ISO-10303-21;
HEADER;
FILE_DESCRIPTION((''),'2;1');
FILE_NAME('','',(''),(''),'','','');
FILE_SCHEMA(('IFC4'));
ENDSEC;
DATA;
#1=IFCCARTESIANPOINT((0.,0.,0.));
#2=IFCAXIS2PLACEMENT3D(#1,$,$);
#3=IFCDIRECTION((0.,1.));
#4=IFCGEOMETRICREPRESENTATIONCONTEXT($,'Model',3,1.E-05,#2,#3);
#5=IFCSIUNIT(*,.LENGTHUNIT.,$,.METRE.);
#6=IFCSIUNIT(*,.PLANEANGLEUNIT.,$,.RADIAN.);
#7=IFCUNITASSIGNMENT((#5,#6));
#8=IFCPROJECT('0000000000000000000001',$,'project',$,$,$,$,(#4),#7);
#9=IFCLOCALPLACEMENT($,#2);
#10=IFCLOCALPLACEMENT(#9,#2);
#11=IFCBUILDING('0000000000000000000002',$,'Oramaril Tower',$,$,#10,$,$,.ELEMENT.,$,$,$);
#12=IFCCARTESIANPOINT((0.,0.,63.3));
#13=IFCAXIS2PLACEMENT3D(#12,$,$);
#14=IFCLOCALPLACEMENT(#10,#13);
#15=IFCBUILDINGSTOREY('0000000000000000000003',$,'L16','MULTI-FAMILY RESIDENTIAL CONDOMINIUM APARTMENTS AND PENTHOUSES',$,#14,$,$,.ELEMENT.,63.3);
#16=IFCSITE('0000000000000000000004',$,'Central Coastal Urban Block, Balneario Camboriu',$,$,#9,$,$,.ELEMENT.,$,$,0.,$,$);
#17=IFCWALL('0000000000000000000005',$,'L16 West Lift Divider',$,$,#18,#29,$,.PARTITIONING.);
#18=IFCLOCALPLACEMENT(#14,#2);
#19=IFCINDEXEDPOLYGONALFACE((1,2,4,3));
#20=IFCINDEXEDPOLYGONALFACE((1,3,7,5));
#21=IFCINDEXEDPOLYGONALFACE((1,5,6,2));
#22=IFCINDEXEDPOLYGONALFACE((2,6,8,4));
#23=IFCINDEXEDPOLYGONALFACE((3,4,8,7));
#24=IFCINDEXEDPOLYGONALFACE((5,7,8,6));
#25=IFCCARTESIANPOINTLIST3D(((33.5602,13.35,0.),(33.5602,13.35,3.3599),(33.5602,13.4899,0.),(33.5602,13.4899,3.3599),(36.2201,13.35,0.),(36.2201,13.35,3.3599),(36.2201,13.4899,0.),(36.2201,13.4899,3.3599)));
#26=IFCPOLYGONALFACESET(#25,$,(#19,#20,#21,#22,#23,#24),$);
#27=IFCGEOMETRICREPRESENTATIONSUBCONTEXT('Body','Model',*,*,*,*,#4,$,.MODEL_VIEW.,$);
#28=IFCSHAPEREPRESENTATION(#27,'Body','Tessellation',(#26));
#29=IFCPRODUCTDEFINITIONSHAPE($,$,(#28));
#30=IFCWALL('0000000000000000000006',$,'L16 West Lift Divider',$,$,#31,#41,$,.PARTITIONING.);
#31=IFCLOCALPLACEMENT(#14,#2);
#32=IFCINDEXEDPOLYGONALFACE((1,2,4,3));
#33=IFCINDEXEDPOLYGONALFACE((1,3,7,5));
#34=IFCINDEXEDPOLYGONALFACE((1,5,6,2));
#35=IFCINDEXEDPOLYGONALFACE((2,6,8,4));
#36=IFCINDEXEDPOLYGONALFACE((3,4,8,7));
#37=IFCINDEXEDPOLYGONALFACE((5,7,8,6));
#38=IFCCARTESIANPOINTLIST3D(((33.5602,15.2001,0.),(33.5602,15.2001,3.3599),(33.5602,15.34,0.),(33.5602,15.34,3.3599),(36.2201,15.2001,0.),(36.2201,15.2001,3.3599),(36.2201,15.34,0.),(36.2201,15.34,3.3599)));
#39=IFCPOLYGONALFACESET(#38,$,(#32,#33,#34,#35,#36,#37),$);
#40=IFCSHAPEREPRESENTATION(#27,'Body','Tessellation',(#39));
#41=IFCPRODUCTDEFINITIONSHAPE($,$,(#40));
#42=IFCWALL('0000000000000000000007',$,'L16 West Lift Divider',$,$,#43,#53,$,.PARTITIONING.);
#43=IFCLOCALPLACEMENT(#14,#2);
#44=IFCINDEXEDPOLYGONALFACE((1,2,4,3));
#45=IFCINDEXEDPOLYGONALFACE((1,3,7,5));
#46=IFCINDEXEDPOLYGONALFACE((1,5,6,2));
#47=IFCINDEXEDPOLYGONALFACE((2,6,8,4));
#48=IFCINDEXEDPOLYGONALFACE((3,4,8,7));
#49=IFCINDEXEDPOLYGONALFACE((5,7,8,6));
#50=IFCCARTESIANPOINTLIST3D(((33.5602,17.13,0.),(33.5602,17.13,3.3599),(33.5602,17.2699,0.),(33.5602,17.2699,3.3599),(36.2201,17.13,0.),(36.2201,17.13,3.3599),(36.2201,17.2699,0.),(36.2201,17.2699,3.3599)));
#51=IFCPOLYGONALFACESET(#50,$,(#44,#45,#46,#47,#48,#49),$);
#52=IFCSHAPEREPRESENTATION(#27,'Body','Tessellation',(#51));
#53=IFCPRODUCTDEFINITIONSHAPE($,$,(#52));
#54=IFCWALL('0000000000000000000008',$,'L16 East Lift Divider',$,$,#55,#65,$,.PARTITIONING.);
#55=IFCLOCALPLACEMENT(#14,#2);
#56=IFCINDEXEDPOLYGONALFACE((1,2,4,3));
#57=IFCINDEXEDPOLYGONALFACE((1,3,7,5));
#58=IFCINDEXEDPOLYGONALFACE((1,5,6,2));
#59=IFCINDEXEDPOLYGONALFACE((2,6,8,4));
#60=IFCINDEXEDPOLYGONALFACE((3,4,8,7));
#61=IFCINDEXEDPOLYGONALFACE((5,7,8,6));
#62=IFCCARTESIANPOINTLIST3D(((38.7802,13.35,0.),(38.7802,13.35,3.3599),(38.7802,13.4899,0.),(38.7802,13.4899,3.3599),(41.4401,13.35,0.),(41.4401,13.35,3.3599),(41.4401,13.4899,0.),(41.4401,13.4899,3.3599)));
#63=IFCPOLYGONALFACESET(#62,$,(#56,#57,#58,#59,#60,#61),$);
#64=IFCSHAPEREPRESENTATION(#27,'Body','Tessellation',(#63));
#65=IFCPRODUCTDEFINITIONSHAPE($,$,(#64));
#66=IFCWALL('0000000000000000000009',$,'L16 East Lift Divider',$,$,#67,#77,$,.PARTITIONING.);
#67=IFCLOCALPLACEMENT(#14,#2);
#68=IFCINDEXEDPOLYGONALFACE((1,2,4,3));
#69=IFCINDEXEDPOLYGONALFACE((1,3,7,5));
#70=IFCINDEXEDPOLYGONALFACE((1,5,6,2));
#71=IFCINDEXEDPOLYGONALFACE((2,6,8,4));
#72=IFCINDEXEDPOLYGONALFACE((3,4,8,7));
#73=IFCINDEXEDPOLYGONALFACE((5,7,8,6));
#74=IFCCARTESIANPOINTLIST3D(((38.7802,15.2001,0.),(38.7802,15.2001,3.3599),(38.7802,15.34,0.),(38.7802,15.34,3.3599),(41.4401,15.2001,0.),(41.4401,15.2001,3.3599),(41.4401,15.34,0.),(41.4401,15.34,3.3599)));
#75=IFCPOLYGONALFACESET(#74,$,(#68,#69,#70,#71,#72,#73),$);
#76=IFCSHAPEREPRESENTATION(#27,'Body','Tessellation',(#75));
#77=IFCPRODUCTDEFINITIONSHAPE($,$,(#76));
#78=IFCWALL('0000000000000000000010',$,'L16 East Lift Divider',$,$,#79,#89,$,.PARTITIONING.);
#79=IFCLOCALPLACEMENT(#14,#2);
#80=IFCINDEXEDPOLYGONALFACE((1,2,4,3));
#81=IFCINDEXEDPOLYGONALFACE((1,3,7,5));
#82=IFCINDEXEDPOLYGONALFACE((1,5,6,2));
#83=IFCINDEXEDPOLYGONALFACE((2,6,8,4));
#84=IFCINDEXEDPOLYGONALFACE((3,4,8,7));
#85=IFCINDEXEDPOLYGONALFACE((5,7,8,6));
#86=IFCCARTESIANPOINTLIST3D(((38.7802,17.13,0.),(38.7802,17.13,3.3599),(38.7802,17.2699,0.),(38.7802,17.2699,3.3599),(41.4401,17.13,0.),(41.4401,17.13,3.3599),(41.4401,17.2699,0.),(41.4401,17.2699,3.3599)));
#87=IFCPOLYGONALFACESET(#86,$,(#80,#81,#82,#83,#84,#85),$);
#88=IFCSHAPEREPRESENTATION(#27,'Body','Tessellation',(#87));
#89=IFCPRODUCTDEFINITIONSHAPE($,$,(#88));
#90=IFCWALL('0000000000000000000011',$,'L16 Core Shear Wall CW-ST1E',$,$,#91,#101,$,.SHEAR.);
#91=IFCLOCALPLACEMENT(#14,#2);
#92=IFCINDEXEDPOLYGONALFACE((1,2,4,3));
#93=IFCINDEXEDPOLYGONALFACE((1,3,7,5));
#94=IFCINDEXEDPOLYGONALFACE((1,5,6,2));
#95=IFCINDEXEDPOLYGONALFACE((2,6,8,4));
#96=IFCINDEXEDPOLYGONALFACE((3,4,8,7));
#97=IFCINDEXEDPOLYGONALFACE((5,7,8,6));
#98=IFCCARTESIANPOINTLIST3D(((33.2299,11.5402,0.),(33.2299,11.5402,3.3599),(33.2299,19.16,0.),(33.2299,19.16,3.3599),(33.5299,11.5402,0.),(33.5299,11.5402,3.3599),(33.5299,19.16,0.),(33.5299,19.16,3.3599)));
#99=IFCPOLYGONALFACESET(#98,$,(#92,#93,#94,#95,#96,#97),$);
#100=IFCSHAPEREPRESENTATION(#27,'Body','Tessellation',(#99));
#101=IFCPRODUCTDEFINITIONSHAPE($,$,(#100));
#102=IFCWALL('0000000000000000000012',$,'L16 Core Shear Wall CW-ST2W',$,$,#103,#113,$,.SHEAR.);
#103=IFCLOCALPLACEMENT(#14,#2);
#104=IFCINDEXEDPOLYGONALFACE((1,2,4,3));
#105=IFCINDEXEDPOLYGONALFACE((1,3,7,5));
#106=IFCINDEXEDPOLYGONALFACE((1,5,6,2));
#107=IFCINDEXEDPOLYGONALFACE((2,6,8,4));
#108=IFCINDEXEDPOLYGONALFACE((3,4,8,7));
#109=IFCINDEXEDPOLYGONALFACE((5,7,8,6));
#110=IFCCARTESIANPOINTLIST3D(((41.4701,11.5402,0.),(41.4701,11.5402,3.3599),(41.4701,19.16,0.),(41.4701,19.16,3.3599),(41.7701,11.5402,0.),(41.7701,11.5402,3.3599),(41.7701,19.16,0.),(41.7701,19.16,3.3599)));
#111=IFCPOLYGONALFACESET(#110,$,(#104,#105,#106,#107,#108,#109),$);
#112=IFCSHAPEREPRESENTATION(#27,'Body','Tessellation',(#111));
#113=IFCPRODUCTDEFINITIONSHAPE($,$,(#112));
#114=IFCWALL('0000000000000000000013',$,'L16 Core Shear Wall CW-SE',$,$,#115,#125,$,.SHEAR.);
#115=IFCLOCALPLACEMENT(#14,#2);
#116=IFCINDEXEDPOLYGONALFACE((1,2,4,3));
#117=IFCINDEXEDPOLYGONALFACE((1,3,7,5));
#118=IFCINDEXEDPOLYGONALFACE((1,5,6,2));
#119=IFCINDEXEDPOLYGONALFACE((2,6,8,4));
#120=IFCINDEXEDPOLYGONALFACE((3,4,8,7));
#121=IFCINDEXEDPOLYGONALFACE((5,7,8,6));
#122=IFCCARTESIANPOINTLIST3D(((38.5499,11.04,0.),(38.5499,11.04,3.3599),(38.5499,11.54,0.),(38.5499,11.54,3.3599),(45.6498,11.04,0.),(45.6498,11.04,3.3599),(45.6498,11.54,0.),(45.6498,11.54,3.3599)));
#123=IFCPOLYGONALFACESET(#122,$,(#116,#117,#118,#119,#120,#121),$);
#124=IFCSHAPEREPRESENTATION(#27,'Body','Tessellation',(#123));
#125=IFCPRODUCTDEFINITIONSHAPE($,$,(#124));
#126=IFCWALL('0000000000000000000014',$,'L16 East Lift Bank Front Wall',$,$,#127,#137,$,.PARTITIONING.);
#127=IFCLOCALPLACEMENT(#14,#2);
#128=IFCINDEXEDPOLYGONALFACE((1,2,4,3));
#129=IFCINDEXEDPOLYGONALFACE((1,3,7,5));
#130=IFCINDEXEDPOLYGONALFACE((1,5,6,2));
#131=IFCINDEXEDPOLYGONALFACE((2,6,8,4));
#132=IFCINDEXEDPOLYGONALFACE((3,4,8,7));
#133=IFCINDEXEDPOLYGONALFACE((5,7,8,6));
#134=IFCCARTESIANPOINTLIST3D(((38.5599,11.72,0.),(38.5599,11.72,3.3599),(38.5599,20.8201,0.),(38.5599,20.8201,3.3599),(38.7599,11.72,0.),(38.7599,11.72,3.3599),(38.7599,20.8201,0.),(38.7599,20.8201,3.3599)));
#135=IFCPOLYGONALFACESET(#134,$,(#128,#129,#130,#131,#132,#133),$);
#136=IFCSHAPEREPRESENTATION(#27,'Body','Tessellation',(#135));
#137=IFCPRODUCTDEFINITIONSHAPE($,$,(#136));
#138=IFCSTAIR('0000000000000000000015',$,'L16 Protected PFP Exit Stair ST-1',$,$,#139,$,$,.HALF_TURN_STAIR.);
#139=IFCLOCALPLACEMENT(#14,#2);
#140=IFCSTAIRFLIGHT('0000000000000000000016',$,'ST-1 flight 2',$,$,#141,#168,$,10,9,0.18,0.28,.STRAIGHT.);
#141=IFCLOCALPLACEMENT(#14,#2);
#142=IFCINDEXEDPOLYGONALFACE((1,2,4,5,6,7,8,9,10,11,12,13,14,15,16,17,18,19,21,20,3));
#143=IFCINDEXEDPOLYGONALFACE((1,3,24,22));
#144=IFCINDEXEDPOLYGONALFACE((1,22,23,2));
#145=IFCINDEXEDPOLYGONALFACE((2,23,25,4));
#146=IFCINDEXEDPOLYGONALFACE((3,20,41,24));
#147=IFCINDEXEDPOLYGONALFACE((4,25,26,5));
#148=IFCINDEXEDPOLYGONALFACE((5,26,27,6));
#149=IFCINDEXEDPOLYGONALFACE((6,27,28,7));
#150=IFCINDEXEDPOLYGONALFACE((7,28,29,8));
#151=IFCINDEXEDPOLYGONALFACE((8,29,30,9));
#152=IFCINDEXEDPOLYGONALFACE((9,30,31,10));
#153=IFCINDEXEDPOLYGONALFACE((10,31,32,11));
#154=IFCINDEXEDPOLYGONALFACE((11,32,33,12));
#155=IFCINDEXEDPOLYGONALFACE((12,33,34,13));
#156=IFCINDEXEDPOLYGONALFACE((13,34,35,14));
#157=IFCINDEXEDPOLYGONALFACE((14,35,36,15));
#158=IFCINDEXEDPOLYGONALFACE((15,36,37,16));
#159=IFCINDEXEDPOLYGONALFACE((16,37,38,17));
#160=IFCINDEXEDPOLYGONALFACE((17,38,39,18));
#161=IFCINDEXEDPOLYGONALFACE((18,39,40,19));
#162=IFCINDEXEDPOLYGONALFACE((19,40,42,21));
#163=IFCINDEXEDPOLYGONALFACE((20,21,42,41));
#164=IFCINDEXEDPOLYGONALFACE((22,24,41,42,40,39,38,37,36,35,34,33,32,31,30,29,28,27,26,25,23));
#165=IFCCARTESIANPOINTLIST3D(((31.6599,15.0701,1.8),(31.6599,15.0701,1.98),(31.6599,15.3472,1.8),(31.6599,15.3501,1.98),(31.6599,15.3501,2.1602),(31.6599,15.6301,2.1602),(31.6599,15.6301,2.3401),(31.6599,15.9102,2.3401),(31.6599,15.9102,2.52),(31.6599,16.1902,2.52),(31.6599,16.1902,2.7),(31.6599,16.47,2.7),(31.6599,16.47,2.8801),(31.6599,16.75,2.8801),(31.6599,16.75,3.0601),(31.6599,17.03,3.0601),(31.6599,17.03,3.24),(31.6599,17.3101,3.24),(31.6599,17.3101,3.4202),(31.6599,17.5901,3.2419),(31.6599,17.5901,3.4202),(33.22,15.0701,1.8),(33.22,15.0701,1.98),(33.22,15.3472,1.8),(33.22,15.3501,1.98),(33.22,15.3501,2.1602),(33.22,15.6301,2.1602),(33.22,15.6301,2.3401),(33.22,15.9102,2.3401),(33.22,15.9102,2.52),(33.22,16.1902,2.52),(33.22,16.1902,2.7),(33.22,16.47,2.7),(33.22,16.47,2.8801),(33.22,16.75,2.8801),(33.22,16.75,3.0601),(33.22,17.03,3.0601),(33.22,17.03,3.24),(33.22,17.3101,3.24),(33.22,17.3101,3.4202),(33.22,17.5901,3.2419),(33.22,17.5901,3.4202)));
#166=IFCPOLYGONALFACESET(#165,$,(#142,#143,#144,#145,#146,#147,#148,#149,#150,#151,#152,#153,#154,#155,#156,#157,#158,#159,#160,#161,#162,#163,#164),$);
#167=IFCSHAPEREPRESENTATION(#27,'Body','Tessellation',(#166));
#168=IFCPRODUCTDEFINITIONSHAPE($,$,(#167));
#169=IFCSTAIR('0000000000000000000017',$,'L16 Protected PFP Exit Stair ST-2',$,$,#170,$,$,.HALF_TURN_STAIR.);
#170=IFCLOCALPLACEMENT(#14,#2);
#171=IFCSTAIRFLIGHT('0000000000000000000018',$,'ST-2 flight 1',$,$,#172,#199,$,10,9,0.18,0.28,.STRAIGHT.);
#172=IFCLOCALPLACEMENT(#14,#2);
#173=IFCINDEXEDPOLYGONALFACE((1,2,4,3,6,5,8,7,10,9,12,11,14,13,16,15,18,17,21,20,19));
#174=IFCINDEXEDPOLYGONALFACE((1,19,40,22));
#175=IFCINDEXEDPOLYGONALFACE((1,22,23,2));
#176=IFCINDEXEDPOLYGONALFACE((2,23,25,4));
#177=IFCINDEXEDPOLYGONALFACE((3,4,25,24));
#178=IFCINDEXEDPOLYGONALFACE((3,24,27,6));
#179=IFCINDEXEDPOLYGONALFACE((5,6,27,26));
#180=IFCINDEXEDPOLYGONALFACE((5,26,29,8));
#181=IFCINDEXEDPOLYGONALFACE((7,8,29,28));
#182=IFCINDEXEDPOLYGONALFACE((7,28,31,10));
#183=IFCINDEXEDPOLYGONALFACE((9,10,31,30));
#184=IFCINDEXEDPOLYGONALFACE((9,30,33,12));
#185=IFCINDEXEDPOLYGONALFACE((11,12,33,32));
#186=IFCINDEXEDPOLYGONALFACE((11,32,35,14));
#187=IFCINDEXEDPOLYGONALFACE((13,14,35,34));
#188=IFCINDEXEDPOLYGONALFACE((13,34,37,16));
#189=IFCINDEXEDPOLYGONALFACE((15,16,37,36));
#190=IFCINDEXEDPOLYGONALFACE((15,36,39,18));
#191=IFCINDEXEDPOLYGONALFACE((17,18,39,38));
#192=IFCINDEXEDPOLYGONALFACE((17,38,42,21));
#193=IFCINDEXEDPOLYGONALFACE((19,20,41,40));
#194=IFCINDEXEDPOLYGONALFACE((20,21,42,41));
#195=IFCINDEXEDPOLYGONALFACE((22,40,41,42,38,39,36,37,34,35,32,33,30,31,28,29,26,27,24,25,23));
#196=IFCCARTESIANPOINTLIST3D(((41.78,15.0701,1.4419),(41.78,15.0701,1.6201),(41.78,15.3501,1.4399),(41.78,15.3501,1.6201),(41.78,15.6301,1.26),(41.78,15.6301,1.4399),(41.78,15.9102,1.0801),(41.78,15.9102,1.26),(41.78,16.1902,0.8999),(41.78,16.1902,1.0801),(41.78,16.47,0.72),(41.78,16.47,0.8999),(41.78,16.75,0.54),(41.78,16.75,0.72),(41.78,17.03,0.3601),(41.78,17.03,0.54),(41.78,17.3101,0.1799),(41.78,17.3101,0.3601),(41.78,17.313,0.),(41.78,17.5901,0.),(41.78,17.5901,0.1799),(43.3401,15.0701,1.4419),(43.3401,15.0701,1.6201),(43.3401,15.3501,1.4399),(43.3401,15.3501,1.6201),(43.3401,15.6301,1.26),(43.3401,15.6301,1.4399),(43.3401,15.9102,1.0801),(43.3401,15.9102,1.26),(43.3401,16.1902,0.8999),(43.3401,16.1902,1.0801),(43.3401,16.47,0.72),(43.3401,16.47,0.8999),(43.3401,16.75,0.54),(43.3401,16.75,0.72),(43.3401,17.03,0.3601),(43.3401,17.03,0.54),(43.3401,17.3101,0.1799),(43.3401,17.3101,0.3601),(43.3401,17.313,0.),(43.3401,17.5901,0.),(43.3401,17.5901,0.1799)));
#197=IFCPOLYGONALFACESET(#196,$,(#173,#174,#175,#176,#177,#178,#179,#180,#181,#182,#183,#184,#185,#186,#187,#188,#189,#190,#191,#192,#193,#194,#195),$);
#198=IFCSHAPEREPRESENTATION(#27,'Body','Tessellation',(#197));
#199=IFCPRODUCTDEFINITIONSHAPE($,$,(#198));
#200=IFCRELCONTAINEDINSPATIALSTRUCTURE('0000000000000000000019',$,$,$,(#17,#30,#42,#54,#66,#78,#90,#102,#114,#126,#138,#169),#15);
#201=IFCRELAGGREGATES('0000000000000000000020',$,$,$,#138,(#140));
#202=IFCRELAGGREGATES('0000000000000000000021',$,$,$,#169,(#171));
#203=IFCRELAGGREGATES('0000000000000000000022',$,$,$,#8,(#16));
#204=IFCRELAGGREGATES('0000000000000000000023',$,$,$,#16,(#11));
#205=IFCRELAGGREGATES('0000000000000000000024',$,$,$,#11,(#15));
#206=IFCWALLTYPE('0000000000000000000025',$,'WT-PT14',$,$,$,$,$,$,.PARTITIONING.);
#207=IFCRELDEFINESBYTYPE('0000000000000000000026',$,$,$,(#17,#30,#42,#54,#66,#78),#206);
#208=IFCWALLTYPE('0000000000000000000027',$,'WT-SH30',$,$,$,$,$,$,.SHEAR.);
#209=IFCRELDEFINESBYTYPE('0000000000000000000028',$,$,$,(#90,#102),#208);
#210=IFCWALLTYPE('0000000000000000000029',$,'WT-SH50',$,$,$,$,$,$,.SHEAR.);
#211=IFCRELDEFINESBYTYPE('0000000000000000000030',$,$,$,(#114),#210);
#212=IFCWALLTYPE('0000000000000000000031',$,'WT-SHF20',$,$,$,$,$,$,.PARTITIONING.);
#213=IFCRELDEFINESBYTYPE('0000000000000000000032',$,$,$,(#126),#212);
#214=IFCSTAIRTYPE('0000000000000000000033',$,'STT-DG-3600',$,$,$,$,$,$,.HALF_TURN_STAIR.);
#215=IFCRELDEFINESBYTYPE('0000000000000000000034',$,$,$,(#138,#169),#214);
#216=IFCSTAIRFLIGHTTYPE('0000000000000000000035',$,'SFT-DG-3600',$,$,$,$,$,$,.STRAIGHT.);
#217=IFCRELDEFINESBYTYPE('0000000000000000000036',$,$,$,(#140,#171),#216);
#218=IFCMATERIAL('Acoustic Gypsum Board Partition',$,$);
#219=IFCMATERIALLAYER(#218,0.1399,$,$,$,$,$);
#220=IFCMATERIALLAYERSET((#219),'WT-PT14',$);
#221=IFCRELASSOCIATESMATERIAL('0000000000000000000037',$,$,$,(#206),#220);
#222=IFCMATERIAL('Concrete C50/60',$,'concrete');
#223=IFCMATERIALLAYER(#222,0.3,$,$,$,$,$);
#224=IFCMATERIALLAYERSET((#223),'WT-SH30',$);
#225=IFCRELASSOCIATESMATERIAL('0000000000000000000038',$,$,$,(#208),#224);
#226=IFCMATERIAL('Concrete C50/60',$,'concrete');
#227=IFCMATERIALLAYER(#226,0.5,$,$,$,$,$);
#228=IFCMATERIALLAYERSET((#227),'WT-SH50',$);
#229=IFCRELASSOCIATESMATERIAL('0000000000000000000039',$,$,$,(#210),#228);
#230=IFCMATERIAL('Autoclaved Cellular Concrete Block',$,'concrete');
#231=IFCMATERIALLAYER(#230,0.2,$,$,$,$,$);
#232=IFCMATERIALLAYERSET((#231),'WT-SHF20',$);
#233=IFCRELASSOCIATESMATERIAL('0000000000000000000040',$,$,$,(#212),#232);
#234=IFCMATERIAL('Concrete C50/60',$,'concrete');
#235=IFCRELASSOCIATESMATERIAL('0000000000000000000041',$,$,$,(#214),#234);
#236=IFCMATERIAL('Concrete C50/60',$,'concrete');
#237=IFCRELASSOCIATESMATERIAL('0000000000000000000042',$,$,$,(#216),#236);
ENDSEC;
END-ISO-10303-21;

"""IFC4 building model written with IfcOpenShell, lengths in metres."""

from ifc_helpers import new_model, si_unit, direction, frame, frame_2d, origin, place, context, subcontext, project, spatial, polyline, rectangle, outline, extrude, material, layer, layer_set, type_object, element, aggregate, save


model = new_model("IFC4")

# Units and contexts
model_context = context("Model", 3, precision=1e-05, world=origin(), true_north=direction((0.0, 1.0)))
body_context = subcontext(model_context, "Body", "Model", "MODEL_VIEW")
ifc_project = project(units=[si_unit("LENGTHUNIT", "METRE"), si_unit("PLANEANGLEUNIT", "RADIAN")], contexts=[model_context])

# Site, building, storey
site_placement = place(None, origin())
site = spatial("IfcSite", under=ifc_project, at=site_placement, Name="Central Coastal Urban Block, Balneario Camboriu", CompositionType="ELEMENT", RefElevation=0.0)
building_placement = place(site_placement, origin())
building = spatial("IfcBuilding", under=site, at=building_placement, Name="Oramaril Tower", CompositionType="ELEMENT")
storey_placement = place(building_placement, frame((0.0, 0.0, 63.3)))
storey = spatial("IfcBuildingStorey", under=building, at=storey_placement, Name="L16", Description="MULTI-FAMILY RESIDENTIAL CONDOMINIUM APARTMENTS AND PENTHOUSES", CompositionType="ELEMENT", Elevation=63.3)

# Walls
ifc_material_1 = material(Name="Acoustic Gypsum Board Partition")
ifc_layer_1 = layer(ifc_material_1, 0.1399)
ifc_layer_set_1 = layer_set([ifc_layer_1], Name="WT-PT14")
wall_type_1 = type_object("IfcWallType", Name="WT-PT14", PredefinedType="PARTITIONING", material=ifc_layer_set_1)
for number, where, z_axis, x_axis, name in (
    (1, (33.5601, 13.4199, 0.0), (0.0, 0.0, 1.0), (1.0, 0.0, 0.0), "L16 West Lift Divider"),
    (2, (33.5601, 15.27, 0.0), (0.0, 0.0, 1.0), (1.0, 0.0, 0.0), "L16 West Lift Divider"),
    (3, (33.5601, 17.2, 0.0), (0.0, 0.0, 1.0), (1.0, 0.0, 0.0), "L16 West Lift Divider"),
    (4, (38.78, 13.4199, 0.0), (0.0, 0.0, 1.0), (1.0, 0.0, 0.0), "L16 East Lift Divider"),
    (5, (38.78, 15.27, 0.0), (0.0, 0.0, 1.0), (1.0, 0.0, 0.0), "L16 East Lift Divider"),
    (6, (38.78, 17.2, 0.0), (0.0, 0.0, 1.0), (1.0, 0.0, 0.0), "L16 East Lift Divider"),
):
    element("IfcWall", number, at=place(storey_placement, frame(where, z_axis=z_axis, x_axis=x_axis)), inside=storey, type_object=wall_type_1, Name=name, PredefinedType="PARTITIONING", context=body_context, shape_type="SweptSolid", body=[
        extrude(rectangle(XDim=2.6599, YDim=0.1399, at=frame_2d((1.3301, 0.0))), origin(), (0.0, 0.0, 1.0), 3.3599),
    ])
ifc_material_2 = material(Name="Concrete C50/60", Category="concrete")
ifc_layer_2 = layer(ifc_material_2, 0.3)
ifc_layer_set_2 = layer_set([ifc_layer_2], Name="WT-SH30")
wall_type_2 = type_object("IfcWallType", Name="WT-SH30", PredefinedType="SHEAR", material=ifc_layer_set_2)
for number, where, z_axis, x_axis, name in (
    (7, (33.3799, 11.54, 0.0), (0.0, 0.0, 1.0), (0.0, 1.0, 0.0), "L16 Core Shear Wall CW-ST1E"),
    (8, (41.6201, 11.54, 0.0), (0.0, 0.0, 1.0), (0.0, 1.0, 0.0), "L16 Core Shear Wall CW-ST2W"),
):
    element("IfcWall", number, at=place(storey_placement, frame(where, z_axis=z_axis, x_axis=x_axis)), inside=storey, type_object=wall_type_2, Name=name, PredefinedType="SHEAR", context=body_context, shape_type="SweptSolid", body=[
        extrude(rectangle(XDim=7.6199, YDim=0.3, at=frame_2d((3.8101, 0.0))), origin(), (0.0, 0.0, 1.0), 3.3599),
    ])
ifc_material_3 = material(Name="Concrete C50/60", Category="concrete")
ifc_layer_3 = layer(ifc_material_3, 0.5)
ifc_layer_set_3 = layer_set([ifc_layer_3], Name="WT-SH50")
wall_type_3 = type_object("IfcWallType", Name="WT-SH50", PredefinedType="SHEAR", material=ifc_layer_set_3)
wall_1_placement = place(storey_placement, frame((38.55, 11.29, 0.0), z_axis=(0.0, 0.0, 1.0), x_axis=(1.0, 0.0, 0.0)))
element("IfcWall", 9, at=wall_1_placement, inside=storey, type_object=wall_type_3, Name="L16 Core Shear Wall CW-SE", PredefinedType="SHEAR", context=body_context, shape_type="SweptSolid", body=[
    extrude(rectangle(XDim=7.0999, YDim=0.5, at=frame_2d((3.5498, 0.0))), origin(), (0.0, 0.0, 1.0), 3.3599),
])

# Shared definitions
ifc_material_4 = material(Name="Autoclaved Cellular Concrete Block", Category="concrete")
ifc_layer_4 = layer(ifc_material_4, 0.2)
ifc_layer_set_4 = layer_set([ifc_layer_4], Name="WT-SHF20")
wall_type_4 = type_object("IfcWallType", Name="WT-SHF20", PredefinedType="PARTITIONING", material=ifc_layer_set_4)

# Wall
wall_2_placement = place(storey_placement, frame((38.6599, 11.72, 0.0), z_axis=(0.0, 0.0, 1.0), x_axis=(0.0, 1.0, 0.0)))
element("IfcWall", 10, at=wall_2_placement, inside=storey, type_object=wall_type_4, Name="L16 East Lift Bank Front Wall", PredefinedType="PARTITIONING", context=body_context, shape_type="SweptSolid", body=[
    extrude(rectangle(XDim=9.1001, YDim=0.2, at=frame_2d((4.55, 0.0))), origin(), (0.0, 0.0, 1.0), 3.3599),
])

# Stair, stair flight
ifc_material_5 = material(Name="Concrete C50/60", Category="concrete")
stair_type = type_object("IfcStairType", Name="STT-DG-3600", PredefinedType="HALF_TURN_STAIR", material=ifc_material_5)
stair_1_placement = place(storey_placement, origin())
stair_1 = element("IfcStair", 11, at=stair_1_placement, inside=storey, type_object=stair_type, Name="L16 Protected PFP Exit Stair ST-1", PredefinedType="HALF_TURN_STAIR")
ifc_material_6 = material(Name="Concrete C50/60", Category="concrete")
stair_flight_type = type_object("IfcStairFlightType", Name="SFT-DG-3600", PredefinedType="STRAIGHT", material=ifc_material_6)
stair_flight_1_placement = place(storey_placement, frame((32.4399, 15.0701, 1.8), z_axis=(0.0, 0.0, 1.0), x_axis=(0.0, 1.0, 0.0)))
stair_flight_1 = element("IfcStairFlight", 12, at=stair_flight_1_placement, type_object=stair_flight_type, Name="ST-1 flight 2", NumberOfRisers=10, NumberOfTreads=9, PredefinedType="STRAIGHT", RiserHeight=0.18, TreadLength=0.28, context=body_context, shape_type="SweptSolid", body=[
    extrude(outline(polyline([(0.0, 0.0), (0.0, 0.1799), (0.28, 0.1799), (0.28, 0.3601), (0.5601, 0.3601), (0.5601, 0.54), (0.8401, 0.54), (0.8401, 0.72), (1.1201, 0.72), (1.1201, 0.8999), (1.3999, 0.8999), (1.3999, 1.0801), (1.6799, 1.0801), (1.6799, 1.26), (1.96, 1.26), (1.96, 1.4399), (2.24, 1.4399), (2.24, 1.6201), (2.52, 1.6201), (2.52, 1.8), (2.52, 1.4419), (0.2771, 0.0), (0.0, 0.0)])), frame((0.0, 0.78, 0.0), z_axis=(0.0, -1.0, 0.0), x_axis=(1.0, 0.0, 0.0)), (0.0, 0.0, 1.0), 1.5601),
])
aggregate(stair_1, [stair_flight_1])

# Stair, stair flight
stair_2_placement = place(storey_placement, origin())
stair_2 = element("IfcStair", 13, at=stair_2_placement, inside=storey, type_object=stair_type, Name="L16 Protected PFP Exit Stair ST-2", PredefinedType="HALF_TURN_STAIR")
stair_flight_2_placement = place(storey_placement, frame((42.5601, 17.5901, 0.0), z_axis=(0.0, 0.0, 1.0), x_axis=(0.0, -1.0, 0.0)))
stair_flight_2 = element("IfcStairFlight", 14, at=stair_flight_2_placement, type_object=stair_flight_type, Name="ST-2 flight 1", NumberOfRisers=10, NumberOfTreads=9, PredefinedType="STRAIGHT", RiserHeight=0.18, TreadLength=0.28, context=body_context, shape_type="SweptSolid", body=[
    extrude(outline(polyline([(0.0, 0.0), (0.0, 0.1799), (0.28, 0.1799), (0.28, 0.3601), (0.5601, 0.3601), (0.5601, 0.54), (0.8401, 0.54), (0.8401, 0.72), (1.1201, 0.72), (1.1201, 0.8999), (1.3999, 0.8999), (1.3999, 1.0801), (1.6799, 1.0801), (1.6799, 1.26), (1.96, 1.26), (1.96, 1.4399), (2.24, 1.4399), (2.24, 1.6201), (2.52, 1.6201), (2.52, 1.8), (2.52, 1.4419), (0.2771, 0.0), (0.0, 0.0)])), frame((0.0, 0.78, 0.0), z_axis=(0.0, -1.0, 0.0), x_axis=(1.0, 0.0, 0.0)), (0.0, 0.0, 1.0), 1.5601),
])
aggregate(stair_2, [stair_flight_2])

save(model, "model.ifc")
